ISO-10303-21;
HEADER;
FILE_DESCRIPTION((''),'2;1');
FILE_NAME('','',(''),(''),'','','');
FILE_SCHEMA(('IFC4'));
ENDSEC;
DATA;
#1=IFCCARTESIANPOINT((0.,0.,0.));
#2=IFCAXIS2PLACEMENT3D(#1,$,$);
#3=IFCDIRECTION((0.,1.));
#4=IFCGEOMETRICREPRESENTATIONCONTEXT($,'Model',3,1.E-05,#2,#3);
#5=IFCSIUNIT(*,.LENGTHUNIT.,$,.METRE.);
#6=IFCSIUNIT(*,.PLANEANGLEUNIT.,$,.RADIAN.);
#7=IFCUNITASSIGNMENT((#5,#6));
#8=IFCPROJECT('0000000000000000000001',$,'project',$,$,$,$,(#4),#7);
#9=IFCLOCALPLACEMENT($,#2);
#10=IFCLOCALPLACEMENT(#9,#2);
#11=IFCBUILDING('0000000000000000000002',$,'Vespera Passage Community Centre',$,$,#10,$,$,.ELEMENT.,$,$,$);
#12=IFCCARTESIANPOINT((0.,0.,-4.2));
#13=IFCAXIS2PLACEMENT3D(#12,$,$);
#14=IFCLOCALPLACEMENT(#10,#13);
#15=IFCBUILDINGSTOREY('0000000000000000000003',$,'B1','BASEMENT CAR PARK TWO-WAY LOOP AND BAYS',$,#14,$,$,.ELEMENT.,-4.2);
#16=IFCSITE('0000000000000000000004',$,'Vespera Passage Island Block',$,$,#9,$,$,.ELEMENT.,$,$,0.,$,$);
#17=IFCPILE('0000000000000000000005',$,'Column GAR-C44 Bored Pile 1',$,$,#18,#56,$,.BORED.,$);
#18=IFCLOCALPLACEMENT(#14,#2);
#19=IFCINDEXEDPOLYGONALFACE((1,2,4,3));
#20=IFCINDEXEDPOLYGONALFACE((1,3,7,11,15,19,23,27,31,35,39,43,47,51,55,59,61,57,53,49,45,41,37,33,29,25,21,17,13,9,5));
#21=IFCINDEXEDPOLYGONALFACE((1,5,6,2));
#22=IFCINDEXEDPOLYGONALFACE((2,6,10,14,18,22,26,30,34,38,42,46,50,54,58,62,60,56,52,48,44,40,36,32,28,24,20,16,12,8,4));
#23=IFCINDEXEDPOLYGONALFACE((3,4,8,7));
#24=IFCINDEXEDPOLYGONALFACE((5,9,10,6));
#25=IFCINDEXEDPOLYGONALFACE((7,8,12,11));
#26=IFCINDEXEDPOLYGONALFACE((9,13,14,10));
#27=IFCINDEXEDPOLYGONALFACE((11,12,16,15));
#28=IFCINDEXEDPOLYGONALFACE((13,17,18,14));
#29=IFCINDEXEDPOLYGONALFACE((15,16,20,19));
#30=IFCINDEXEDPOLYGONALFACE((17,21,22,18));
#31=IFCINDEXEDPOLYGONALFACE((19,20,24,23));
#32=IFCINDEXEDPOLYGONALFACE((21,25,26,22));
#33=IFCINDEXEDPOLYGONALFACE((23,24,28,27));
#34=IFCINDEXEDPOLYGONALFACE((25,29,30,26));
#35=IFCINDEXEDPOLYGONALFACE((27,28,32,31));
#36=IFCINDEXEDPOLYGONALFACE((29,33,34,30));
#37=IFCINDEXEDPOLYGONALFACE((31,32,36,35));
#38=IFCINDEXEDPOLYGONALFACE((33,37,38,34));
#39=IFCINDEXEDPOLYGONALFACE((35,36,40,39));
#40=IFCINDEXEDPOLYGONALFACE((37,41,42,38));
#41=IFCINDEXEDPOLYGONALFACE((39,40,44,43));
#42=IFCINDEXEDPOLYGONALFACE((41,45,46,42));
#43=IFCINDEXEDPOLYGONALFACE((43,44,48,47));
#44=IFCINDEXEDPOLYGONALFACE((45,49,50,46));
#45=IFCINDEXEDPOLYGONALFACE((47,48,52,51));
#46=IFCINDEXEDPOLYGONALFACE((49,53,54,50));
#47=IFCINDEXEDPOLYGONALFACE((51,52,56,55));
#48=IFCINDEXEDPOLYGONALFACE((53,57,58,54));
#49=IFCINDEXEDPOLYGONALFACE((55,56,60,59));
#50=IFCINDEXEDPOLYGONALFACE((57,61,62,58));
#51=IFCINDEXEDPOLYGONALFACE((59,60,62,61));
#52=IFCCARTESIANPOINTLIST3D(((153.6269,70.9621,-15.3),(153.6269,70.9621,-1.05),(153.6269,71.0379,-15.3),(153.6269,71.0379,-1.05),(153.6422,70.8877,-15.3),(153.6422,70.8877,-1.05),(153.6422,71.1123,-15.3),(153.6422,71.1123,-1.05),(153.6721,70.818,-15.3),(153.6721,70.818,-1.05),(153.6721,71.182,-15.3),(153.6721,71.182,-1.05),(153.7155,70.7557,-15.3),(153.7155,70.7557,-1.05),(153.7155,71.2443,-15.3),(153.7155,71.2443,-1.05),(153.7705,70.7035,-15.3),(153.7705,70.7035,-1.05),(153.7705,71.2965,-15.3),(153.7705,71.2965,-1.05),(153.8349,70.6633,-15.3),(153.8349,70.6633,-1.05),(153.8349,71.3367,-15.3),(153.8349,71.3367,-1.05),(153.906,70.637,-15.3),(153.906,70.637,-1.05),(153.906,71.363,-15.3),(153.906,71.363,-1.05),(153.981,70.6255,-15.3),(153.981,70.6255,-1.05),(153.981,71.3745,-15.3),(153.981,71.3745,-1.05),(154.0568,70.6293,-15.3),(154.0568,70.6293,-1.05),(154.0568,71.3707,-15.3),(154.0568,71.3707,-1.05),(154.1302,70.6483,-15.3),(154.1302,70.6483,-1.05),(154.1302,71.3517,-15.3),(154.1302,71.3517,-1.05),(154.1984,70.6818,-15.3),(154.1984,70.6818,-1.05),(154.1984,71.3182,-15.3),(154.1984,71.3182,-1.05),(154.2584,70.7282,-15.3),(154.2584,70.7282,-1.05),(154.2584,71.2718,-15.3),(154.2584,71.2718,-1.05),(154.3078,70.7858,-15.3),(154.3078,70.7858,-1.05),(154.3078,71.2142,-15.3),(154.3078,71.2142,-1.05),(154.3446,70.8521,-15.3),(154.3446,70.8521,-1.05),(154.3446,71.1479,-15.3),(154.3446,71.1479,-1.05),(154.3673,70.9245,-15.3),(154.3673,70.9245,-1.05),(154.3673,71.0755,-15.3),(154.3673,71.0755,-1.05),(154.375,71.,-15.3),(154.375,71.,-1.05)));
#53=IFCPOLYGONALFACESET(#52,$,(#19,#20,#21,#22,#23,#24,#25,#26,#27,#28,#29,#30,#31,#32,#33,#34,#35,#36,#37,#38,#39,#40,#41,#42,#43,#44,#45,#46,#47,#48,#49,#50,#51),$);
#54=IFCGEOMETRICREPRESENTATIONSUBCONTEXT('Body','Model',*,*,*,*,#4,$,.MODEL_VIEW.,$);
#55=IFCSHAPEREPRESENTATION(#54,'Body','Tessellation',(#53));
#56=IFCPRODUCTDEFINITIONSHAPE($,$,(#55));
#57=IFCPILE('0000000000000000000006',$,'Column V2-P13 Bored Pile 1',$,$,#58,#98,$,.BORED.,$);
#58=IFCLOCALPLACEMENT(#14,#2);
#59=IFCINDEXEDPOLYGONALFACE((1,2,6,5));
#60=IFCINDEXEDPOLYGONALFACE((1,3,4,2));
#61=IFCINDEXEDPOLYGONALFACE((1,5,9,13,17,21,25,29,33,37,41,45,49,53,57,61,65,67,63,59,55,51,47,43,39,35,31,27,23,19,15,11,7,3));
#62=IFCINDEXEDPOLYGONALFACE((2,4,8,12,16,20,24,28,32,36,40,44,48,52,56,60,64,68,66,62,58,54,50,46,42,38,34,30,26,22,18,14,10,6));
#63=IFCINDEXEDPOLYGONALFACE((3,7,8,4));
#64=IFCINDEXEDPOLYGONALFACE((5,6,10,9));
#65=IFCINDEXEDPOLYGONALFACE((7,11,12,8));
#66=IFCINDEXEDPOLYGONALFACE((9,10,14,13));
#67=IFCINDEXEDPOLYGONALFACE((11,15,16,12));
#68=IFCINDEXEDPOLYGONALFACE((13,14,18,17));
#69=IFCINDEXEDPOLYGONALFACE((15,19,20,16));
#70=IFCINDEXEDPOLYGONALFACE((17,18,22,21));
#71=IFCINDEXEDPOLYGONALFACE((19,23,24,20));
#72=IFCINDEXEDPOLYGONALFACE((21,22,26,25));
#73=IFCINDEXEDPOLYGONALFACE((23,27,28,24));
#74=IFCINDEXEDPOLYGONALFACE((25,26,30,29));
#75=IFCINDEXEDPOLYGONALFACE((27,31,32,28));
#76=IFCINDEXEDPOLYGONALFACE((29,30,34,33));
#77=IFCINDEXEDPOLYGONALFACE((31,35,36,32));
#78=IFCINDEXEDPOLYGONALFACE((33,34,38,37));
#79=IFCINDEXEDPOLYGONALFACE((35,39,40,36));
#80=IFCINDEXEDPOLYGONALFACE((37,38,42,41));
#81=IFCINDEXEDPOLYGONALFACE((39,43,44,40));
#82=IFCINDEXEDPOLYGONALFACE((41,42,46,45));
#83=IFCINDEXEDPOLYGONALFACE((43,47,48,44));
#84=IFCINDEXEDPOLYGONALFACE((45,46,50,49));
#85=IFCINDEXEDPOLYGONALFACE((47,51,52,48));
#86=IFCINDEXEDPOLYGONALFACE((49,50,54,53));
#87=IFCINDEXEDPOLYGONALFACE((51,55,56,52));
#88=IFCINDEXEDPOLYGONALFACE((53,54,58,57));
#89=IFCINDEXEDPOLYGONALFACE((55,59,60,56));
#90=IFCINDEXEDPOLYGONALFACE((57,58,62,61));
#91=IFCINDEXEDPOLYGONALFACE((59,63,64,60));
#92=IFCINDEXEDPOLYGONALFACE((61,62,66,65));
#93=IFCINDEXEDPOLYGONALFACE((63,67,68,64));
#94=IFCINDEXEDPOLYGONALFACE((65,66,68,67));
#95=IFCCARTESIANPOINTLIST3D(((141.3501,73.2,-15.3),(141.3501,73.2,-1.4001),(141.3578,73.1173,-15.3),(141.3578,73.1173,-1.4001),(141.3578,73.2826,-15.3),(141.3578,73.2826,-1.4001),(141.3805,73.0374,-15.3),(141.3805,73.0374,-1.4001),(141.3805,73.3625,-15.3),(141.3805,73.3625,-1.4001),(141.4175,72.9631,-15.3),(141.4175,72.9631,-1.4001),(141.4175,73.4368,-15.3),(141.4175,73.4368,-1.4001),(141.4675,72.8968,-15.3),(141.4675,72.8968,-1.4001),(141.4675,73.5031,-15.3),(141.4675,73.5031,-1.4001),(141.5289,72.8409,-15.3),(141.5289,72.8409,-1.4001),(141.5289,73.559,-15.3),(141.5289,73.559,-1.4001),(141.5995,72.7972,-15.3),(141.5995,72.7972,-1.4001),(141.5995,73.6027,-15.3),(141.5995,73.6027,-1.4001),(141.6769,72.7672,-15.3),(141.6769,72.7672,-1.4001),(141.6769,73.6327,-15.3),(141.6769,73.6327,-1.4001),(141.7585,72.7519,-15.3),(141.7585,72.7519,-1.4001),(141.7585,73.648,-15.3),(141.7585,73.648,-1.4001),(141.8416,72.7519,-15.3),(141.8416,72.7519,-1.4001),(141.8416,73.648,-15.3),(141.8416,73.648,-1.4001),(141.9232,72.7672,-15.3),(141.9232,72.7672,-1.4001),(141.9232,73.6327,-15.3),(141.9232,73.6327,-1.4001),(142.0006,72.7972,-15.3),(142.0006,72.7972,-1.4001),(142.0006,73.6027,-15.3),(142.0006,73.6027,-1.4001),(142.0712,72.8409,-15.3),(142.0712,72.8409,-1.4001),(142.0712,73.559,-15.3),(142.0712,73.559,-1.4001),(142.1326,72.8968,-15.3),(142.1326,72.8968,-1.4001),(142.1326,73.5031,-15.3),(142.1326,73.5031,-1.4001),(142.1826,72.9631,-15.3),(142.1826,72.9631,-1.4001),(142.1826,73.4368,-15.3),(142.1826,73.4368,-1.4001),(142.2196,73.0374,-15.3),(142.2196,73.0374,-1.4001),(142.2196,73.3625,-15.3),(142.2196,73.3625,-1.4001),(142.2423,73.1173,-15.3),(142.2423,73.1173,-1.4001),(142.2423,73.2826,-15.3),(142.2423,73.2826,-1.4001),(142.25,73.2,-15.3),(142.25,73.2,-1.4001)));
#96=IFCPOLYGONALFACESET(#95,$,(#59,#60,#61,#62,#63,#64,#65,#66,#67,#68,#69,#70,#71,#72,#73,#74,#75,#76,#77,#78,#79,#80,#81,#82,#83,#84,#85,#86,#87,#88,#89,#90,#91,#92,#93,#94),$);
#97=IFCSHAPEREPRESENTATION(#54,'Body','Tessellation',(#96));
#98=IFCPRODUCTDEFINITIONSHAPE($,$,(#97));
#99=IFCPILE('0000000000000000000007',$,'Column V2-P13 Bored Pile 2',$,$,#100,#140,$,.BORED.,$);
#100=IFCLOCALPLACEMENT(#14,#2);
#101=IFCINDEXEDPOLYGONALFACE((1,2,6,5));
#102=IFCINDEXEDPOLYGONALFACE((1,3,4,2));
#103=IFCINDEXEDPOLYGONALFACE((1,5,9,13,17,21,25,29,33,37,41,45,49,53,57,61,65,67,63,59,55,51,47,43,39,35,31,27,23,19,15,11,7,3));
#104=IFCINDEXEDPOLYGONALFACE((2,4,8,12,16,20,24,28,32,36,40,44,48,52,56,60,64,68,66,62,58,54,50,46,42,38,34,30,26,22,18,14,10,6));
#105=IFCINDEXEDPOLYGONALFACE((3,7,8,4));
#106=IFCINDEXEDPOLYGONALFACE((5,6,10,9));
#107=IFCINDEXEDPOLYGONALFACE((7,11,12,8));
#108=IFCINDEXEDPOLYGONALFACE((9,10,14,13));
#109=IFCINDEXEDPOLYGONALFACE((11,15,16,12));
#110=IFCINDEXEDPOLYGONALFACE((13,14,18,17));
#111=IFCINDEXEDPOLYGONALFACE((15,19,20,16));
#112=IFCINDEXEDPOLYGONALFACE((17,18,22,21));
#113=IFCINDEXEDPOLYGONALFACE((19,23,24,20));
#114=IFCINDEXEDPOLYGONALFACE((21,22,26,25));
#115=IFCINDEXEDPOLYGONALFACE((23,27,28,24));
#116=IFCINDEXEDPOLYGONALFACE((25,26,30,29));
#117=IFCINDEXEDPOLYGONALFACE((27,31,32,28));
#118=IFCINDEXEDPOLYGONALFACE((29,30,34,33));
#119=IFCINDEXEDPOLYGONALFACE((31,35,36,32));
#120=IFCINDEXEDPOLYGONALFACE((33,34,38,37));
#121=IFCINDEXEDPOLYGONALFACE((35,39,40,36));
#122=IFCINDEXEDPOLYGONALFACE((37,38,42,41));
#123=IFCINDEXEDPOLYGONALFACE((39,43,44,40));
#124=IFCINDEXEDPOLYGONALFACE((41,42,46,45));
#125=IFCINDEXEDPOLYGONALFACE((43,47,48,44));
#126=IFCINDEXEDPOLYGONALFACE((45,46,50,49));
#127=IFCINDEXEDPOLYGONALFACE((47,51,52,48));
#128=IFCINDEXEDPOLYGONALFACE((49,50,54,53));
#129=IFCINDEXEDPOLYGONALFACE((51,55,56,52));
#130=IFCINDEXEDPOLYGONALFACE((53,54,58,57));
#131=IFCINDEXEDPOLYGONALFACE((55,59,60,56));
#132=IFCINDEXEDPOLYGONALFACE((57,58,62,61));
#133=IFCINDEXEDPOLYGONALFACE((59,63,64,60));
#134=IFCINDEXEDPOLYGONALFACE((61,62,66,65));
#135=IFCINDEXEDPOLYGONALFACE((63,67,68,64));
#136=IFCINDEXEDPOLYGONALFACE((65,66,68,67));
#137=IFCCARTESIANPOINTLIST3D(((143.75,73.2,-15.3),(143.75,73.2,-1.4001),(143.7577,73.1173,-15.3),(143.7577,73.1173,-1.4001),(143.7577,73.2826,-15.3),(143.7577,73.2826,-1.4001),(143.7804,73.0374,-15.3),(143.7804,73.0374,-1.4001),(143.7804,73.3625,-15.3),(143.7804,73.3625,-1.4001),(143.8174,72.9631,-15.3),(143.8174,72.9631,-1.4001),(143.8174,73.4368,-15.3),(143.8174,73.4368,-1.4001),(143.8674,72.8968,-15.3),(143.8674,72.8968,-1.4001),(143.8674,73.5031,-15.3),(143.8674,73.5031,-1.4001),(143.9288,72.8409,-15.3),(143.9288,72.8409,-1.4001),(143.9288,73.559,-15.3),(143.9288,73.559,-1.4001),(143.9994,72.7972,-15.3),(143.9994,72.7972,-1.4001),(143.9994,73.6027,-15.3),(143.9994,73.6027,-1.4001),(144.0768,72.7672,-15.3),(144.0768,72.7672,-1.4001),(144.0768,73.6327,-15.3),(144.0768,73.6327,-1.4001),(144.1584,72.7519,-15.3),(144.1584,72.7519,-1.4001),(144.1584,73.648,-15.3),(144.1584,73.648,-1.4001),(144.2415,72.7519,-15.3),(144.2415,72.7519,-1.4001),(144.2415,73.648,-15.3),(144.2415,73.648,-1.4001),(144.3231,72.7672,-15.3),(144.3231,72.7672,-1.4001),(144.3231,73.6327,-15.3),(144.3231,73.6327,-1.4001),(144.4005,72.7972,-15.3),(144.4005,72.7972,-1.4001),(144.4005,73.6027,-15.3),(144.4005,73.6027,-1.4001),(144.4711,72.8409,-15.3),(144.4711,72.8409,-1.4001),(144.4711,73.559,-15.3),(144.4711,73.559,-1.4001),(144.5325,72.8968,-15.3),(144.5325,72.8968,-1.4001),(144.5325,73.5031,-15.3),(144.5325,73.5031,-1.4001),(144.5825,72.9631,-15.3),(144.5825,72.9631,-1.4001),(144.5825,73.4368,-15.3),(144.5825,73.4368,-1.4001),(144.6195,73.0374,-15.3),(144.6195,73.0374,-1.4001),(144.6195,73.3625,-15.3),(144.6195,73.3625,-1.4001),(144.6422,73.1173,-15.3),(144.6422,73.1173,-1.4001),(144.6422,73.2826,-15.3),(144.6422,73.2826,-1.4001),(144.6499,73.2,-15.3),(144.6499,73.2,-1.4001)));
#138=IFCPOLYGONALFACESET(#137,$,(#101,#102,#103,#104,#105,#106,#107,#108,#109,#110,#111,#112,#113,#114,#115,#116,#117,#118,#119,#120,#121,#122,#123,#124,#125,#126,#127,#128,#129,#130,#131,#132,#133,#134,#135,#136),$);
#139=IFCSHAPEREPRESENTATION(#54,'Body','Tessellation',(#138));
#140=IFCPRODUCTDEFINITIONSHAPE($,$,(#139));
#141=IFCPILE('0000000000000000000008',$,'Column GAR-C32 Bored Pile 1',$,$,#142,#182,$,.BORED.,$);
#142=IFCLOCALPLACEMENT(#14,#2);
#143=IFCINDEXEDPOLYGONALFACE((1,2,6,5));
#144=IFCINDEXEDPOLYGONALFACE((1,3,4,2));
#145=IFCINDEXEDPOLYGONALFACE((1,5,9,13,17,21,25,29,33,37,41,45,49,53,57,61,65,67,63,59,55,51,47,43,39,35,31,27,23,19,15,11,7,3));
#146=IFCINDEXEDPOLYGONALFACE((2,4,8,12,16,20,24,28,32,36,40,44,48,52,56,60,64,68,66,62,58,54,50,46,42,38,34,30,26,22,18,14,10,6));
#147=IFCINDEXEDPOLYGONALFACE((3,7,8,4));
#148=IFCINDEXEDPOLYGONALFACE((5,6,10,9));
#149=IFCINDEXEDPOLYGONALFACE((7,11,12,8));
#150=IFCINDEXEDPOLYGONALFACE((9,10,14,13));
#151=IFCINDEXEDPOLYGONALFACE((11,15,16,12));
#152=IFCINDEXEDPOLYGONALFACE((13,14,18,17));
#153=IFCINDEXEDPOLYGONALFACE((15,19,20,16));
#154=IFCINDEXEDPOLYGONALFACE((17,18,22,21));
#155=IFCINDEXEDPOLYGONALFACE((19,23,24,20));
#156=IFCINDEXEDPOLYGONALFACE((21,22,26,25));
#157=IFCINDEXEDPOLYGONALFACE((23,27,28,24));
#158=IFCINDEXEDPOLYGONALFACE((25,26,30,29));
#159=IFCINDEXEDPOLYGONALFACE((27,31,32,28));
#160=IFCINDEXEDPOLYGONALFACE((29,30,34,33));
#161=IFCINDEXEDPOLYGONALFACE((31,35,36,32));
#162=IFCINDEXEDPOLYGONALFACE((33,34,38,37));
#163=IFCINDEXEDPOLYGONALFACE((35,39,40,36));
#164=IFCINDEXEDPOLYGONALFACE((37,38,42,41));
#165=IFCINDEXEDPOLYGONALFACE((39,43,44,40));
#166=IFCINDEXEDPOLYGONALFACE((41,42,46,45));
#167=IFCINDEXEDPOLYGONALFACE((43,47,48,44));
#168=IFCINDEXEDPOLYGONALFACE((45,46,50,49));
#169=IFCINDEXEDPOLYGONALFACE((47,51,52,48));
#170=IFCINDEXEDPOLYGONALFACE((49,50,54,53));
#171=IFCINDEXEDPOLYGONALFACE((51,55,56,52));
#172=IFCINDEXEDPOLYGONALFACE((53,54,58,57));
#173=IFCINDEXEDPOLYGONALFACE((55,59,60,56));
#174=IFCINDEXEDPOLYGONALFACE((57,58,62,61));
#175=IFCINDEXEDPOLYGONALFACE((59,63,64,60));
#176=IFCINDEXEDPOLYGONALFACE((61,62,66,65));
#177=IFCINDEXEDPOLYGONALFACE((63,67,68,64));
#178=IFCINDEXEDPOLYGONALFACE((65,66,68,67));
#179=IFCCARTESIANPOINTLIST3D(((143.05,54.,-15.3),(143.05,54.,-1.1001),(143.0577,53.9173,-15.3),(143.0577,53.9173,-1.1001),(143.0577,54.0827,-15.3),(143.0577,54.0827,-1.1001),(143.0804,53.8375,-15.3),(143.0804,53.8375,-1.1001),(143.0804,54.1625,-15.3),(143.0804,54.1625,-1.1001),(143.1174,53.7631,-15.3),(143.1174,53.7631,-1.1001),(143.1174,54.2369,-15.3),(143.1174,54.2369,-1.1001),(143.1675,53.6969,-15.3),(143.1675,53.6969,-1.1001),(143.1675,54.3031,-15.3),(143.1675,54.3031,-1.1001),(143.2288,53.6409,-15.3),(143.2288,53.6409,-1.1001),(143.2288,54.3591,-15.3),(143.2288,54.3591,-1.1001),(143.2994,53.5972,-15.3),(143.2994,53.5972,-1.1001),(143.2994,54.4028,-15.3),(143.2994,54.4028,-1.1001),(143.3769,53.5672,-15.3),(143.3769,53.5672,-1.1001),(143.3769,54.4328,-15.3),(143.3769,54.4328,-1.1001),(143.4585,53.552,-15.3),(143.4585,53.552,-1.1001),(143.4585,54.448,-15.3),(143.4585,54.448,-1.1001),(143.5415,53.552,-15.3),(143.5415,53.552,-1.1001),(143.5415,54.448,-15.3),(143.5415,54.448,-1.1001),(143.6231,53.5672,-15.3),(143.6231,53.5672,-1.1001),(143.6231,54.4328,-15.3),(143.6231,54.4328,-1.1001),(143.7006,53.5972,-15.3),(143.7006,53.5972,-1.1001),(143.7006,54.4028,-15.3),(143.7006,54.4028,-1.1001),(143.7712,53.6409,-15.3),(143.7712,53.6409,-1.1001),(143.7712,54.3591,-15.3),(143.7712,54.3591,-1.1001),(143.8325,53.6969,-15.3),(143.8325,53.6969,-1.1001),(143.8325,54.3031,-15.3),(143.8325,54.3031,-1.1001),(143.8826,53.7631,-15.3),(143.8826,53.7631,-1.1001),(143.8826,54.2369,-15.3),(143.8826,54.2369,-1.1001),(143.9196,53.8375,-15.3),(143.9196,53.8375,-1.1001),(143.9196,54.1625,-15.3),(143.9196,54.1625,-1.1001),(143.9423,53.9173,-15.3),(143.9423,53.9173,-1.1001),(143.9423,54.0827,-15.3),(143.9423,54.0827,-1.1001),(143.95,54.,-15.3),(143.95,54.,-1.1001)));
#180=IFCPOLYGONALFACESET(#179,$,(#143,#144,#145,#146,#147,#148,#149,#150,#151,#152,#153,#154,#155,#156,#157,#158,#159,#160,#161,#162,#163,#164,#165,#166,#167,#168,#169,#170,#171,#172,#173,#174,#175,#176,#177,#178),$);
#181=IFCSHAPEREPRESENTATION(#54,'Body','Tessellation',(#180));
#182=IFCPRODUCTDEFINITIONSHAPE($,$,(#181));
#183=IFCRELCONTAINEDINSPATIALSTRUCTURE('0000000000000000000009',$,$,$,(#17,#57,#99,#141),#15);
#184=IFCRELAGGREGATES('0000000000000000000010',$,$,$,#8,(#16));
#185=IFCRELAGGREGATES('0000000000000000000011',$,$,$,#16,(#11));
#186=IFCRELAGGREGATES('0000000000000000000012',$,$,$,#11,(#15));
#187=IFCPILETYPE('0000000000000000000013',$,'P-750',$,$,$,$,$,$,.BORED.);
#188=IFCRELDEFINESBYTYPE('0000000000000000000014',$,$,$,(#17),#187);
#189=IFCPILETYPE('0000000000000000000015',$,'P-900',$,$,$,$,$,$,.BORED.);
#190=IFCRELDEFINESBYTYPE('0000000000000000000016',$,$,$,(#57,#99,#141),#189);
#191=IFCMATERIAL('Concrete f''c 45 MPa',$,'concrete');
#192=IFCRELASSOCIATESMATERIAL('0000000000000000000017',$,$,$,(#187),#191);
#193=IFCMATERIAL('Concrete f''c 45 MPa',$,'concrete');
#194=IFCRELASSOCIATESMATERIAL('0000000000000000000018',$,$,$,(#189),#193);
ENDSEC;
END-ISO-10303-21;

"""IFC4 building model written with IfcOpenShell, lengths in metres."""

from ifc_helpers import new_model, si_unit, direction, frame, origin, origin_2d, place, context, subcontext, project, spatial, circle, extrude, material, material_profile, profile_set, type_object, element, save


model = new_model("IFC4")

# Units and contexts
model_context = context("Model", 3, precision=1e-05, world=origin(), true_north=direction((0.0, 1.0)))
body_context = subcontext(model_context, "Body", "Model", "MODEL_VIEW")
ifc_project = project(units=[si_unit("LENGTHUNIT", "METRE"), si_unit("PLANEANGLEUNIT", "RADIAN")], contexts=[model_context])

# Site, building, storey
site_placement = place(None, origin())
site = spatial("IfcSite", under=ifc_project, at=site_placement, Name="Vespera Passage Island Block", CompositionType="ELEMENT", RefElevation=0.0)
building_placement = place(site_placement, origin())
building = spatial("IfcBuilding", under=site, at=building_placement, Name="Vespera Passage Community Centre", CompositionType="ELEMENT")
storey_placement = place(building_placement, frame((0.0, 0.0, -4.2)))
storey = spatial("IfcBuildingStorey", under=building, at=storey_placement, Name="B1", Description="BASEMENT CAR PARK TWO-WAY LOOP AND BAYS", CompositionType="ELEMENT", Elevation=-4.2)

# Piles
ifc_material_1 = material(Name="Concrete f'c 45 MPa", Category="concrete")
ifc_material_profile_1 = material_profile(ifc_material_1, circle(Radius=0.375, at=origin_2d()), Name="PILE750DIA")
ifc_profile_set_1 = profile_set([ifc_material_profile_1], Name="Concrete f'c 45 MPa")
pile_type_1 = type_object("IfcPileType", Name="P-750", PredefinedType="BORED", material=ifc_profile_set_1)
for number, where, z_axis, x_axis, name in (
    (1, (154.0, 71.0, -1.05), (0.0, 0.0, -1.0), (1.0, 0.0, 0.0), "Column GAR-C44 Bored Pile 1"),
):
    element("IfcPile", number, at=place(storey_placement, frame(where, z_axis=z_axis, x_axis=x_axis)), inside=storey, type_object=pile_type_1, Name=name, PredefinedType="BORED", context=body_context, shape_type="SweptSolid", body=[
        extrude(circle(Radius=0.375, at=origin_2d()), origin(), (0.0, 0.0, 1.0), 14.25),
    ])
ifc_material_2 = material(Name="Concrete f'c 45 MPa", Category="concrete")
ifc_material_profile_2 = material_profile(ifc_material_2, circle(Radius=0.45, at=origin_2d()), Name="PILE900DIA")
ifc_profile_set_2 = profile_set([ifc_material_profile_2], Name="Concrete f'c 45 MPa")
pile_type_2 = type_object("IfcPileType", Name="P-900", PredefinedType="BORED", material=ifc_profile_set_2)
for number, where, z_axis, x_axis, name in (
    (2, (141.8, 73.2, -1.4001), (0.0, 0.0, -1.0), (1.0, 0.0, 0.0), "Column V2-P13 Bored Pile 1"),
    (3, (144.2, 73.2, -1.4001), (0.0, 0.0, -1.0), (1.0, 0.0, 0.0), "Column V2-P13 Bored Pile 2"),
):
    element("IfcPile", number, at=place(storey_placement, frame(where, z_axis=z_axis, x_axis=x_axis)), inside=storey, type_object=pile_type_2, Name=name, PredefinedType="BORED", context=body_context, shape_type="SweptSolid", body=[
        extrude(circle(Radius=0.45, at=origin_2d()), origin(), (0.0, 0.0, 1.0), 13.8999),
    ])
for number, where, z_axis, x_axis, name in (
    (4, (143.5, 54.0, -1.1001), (0.0, 0.0, -1.0), (1.0, 0.0, 0.0), "Column GAR-C32 Bored Pile 1"),
):
    element("IfcPile", number, at=place(storey_placement, frame(where, z_axis=z_axis, x_axis=x_axis)), inside=storey, type_object=pile_type_2, Name=name, PredefinedType="BORED", context=body_context, shape_type="SweptSolid", body=[
        extrude(circle(Radius=0.45, at=origin_2d()), origin(), (0.0, 0.0, 1.0), 14.2),
    ])

save(model, "model.ifc")
